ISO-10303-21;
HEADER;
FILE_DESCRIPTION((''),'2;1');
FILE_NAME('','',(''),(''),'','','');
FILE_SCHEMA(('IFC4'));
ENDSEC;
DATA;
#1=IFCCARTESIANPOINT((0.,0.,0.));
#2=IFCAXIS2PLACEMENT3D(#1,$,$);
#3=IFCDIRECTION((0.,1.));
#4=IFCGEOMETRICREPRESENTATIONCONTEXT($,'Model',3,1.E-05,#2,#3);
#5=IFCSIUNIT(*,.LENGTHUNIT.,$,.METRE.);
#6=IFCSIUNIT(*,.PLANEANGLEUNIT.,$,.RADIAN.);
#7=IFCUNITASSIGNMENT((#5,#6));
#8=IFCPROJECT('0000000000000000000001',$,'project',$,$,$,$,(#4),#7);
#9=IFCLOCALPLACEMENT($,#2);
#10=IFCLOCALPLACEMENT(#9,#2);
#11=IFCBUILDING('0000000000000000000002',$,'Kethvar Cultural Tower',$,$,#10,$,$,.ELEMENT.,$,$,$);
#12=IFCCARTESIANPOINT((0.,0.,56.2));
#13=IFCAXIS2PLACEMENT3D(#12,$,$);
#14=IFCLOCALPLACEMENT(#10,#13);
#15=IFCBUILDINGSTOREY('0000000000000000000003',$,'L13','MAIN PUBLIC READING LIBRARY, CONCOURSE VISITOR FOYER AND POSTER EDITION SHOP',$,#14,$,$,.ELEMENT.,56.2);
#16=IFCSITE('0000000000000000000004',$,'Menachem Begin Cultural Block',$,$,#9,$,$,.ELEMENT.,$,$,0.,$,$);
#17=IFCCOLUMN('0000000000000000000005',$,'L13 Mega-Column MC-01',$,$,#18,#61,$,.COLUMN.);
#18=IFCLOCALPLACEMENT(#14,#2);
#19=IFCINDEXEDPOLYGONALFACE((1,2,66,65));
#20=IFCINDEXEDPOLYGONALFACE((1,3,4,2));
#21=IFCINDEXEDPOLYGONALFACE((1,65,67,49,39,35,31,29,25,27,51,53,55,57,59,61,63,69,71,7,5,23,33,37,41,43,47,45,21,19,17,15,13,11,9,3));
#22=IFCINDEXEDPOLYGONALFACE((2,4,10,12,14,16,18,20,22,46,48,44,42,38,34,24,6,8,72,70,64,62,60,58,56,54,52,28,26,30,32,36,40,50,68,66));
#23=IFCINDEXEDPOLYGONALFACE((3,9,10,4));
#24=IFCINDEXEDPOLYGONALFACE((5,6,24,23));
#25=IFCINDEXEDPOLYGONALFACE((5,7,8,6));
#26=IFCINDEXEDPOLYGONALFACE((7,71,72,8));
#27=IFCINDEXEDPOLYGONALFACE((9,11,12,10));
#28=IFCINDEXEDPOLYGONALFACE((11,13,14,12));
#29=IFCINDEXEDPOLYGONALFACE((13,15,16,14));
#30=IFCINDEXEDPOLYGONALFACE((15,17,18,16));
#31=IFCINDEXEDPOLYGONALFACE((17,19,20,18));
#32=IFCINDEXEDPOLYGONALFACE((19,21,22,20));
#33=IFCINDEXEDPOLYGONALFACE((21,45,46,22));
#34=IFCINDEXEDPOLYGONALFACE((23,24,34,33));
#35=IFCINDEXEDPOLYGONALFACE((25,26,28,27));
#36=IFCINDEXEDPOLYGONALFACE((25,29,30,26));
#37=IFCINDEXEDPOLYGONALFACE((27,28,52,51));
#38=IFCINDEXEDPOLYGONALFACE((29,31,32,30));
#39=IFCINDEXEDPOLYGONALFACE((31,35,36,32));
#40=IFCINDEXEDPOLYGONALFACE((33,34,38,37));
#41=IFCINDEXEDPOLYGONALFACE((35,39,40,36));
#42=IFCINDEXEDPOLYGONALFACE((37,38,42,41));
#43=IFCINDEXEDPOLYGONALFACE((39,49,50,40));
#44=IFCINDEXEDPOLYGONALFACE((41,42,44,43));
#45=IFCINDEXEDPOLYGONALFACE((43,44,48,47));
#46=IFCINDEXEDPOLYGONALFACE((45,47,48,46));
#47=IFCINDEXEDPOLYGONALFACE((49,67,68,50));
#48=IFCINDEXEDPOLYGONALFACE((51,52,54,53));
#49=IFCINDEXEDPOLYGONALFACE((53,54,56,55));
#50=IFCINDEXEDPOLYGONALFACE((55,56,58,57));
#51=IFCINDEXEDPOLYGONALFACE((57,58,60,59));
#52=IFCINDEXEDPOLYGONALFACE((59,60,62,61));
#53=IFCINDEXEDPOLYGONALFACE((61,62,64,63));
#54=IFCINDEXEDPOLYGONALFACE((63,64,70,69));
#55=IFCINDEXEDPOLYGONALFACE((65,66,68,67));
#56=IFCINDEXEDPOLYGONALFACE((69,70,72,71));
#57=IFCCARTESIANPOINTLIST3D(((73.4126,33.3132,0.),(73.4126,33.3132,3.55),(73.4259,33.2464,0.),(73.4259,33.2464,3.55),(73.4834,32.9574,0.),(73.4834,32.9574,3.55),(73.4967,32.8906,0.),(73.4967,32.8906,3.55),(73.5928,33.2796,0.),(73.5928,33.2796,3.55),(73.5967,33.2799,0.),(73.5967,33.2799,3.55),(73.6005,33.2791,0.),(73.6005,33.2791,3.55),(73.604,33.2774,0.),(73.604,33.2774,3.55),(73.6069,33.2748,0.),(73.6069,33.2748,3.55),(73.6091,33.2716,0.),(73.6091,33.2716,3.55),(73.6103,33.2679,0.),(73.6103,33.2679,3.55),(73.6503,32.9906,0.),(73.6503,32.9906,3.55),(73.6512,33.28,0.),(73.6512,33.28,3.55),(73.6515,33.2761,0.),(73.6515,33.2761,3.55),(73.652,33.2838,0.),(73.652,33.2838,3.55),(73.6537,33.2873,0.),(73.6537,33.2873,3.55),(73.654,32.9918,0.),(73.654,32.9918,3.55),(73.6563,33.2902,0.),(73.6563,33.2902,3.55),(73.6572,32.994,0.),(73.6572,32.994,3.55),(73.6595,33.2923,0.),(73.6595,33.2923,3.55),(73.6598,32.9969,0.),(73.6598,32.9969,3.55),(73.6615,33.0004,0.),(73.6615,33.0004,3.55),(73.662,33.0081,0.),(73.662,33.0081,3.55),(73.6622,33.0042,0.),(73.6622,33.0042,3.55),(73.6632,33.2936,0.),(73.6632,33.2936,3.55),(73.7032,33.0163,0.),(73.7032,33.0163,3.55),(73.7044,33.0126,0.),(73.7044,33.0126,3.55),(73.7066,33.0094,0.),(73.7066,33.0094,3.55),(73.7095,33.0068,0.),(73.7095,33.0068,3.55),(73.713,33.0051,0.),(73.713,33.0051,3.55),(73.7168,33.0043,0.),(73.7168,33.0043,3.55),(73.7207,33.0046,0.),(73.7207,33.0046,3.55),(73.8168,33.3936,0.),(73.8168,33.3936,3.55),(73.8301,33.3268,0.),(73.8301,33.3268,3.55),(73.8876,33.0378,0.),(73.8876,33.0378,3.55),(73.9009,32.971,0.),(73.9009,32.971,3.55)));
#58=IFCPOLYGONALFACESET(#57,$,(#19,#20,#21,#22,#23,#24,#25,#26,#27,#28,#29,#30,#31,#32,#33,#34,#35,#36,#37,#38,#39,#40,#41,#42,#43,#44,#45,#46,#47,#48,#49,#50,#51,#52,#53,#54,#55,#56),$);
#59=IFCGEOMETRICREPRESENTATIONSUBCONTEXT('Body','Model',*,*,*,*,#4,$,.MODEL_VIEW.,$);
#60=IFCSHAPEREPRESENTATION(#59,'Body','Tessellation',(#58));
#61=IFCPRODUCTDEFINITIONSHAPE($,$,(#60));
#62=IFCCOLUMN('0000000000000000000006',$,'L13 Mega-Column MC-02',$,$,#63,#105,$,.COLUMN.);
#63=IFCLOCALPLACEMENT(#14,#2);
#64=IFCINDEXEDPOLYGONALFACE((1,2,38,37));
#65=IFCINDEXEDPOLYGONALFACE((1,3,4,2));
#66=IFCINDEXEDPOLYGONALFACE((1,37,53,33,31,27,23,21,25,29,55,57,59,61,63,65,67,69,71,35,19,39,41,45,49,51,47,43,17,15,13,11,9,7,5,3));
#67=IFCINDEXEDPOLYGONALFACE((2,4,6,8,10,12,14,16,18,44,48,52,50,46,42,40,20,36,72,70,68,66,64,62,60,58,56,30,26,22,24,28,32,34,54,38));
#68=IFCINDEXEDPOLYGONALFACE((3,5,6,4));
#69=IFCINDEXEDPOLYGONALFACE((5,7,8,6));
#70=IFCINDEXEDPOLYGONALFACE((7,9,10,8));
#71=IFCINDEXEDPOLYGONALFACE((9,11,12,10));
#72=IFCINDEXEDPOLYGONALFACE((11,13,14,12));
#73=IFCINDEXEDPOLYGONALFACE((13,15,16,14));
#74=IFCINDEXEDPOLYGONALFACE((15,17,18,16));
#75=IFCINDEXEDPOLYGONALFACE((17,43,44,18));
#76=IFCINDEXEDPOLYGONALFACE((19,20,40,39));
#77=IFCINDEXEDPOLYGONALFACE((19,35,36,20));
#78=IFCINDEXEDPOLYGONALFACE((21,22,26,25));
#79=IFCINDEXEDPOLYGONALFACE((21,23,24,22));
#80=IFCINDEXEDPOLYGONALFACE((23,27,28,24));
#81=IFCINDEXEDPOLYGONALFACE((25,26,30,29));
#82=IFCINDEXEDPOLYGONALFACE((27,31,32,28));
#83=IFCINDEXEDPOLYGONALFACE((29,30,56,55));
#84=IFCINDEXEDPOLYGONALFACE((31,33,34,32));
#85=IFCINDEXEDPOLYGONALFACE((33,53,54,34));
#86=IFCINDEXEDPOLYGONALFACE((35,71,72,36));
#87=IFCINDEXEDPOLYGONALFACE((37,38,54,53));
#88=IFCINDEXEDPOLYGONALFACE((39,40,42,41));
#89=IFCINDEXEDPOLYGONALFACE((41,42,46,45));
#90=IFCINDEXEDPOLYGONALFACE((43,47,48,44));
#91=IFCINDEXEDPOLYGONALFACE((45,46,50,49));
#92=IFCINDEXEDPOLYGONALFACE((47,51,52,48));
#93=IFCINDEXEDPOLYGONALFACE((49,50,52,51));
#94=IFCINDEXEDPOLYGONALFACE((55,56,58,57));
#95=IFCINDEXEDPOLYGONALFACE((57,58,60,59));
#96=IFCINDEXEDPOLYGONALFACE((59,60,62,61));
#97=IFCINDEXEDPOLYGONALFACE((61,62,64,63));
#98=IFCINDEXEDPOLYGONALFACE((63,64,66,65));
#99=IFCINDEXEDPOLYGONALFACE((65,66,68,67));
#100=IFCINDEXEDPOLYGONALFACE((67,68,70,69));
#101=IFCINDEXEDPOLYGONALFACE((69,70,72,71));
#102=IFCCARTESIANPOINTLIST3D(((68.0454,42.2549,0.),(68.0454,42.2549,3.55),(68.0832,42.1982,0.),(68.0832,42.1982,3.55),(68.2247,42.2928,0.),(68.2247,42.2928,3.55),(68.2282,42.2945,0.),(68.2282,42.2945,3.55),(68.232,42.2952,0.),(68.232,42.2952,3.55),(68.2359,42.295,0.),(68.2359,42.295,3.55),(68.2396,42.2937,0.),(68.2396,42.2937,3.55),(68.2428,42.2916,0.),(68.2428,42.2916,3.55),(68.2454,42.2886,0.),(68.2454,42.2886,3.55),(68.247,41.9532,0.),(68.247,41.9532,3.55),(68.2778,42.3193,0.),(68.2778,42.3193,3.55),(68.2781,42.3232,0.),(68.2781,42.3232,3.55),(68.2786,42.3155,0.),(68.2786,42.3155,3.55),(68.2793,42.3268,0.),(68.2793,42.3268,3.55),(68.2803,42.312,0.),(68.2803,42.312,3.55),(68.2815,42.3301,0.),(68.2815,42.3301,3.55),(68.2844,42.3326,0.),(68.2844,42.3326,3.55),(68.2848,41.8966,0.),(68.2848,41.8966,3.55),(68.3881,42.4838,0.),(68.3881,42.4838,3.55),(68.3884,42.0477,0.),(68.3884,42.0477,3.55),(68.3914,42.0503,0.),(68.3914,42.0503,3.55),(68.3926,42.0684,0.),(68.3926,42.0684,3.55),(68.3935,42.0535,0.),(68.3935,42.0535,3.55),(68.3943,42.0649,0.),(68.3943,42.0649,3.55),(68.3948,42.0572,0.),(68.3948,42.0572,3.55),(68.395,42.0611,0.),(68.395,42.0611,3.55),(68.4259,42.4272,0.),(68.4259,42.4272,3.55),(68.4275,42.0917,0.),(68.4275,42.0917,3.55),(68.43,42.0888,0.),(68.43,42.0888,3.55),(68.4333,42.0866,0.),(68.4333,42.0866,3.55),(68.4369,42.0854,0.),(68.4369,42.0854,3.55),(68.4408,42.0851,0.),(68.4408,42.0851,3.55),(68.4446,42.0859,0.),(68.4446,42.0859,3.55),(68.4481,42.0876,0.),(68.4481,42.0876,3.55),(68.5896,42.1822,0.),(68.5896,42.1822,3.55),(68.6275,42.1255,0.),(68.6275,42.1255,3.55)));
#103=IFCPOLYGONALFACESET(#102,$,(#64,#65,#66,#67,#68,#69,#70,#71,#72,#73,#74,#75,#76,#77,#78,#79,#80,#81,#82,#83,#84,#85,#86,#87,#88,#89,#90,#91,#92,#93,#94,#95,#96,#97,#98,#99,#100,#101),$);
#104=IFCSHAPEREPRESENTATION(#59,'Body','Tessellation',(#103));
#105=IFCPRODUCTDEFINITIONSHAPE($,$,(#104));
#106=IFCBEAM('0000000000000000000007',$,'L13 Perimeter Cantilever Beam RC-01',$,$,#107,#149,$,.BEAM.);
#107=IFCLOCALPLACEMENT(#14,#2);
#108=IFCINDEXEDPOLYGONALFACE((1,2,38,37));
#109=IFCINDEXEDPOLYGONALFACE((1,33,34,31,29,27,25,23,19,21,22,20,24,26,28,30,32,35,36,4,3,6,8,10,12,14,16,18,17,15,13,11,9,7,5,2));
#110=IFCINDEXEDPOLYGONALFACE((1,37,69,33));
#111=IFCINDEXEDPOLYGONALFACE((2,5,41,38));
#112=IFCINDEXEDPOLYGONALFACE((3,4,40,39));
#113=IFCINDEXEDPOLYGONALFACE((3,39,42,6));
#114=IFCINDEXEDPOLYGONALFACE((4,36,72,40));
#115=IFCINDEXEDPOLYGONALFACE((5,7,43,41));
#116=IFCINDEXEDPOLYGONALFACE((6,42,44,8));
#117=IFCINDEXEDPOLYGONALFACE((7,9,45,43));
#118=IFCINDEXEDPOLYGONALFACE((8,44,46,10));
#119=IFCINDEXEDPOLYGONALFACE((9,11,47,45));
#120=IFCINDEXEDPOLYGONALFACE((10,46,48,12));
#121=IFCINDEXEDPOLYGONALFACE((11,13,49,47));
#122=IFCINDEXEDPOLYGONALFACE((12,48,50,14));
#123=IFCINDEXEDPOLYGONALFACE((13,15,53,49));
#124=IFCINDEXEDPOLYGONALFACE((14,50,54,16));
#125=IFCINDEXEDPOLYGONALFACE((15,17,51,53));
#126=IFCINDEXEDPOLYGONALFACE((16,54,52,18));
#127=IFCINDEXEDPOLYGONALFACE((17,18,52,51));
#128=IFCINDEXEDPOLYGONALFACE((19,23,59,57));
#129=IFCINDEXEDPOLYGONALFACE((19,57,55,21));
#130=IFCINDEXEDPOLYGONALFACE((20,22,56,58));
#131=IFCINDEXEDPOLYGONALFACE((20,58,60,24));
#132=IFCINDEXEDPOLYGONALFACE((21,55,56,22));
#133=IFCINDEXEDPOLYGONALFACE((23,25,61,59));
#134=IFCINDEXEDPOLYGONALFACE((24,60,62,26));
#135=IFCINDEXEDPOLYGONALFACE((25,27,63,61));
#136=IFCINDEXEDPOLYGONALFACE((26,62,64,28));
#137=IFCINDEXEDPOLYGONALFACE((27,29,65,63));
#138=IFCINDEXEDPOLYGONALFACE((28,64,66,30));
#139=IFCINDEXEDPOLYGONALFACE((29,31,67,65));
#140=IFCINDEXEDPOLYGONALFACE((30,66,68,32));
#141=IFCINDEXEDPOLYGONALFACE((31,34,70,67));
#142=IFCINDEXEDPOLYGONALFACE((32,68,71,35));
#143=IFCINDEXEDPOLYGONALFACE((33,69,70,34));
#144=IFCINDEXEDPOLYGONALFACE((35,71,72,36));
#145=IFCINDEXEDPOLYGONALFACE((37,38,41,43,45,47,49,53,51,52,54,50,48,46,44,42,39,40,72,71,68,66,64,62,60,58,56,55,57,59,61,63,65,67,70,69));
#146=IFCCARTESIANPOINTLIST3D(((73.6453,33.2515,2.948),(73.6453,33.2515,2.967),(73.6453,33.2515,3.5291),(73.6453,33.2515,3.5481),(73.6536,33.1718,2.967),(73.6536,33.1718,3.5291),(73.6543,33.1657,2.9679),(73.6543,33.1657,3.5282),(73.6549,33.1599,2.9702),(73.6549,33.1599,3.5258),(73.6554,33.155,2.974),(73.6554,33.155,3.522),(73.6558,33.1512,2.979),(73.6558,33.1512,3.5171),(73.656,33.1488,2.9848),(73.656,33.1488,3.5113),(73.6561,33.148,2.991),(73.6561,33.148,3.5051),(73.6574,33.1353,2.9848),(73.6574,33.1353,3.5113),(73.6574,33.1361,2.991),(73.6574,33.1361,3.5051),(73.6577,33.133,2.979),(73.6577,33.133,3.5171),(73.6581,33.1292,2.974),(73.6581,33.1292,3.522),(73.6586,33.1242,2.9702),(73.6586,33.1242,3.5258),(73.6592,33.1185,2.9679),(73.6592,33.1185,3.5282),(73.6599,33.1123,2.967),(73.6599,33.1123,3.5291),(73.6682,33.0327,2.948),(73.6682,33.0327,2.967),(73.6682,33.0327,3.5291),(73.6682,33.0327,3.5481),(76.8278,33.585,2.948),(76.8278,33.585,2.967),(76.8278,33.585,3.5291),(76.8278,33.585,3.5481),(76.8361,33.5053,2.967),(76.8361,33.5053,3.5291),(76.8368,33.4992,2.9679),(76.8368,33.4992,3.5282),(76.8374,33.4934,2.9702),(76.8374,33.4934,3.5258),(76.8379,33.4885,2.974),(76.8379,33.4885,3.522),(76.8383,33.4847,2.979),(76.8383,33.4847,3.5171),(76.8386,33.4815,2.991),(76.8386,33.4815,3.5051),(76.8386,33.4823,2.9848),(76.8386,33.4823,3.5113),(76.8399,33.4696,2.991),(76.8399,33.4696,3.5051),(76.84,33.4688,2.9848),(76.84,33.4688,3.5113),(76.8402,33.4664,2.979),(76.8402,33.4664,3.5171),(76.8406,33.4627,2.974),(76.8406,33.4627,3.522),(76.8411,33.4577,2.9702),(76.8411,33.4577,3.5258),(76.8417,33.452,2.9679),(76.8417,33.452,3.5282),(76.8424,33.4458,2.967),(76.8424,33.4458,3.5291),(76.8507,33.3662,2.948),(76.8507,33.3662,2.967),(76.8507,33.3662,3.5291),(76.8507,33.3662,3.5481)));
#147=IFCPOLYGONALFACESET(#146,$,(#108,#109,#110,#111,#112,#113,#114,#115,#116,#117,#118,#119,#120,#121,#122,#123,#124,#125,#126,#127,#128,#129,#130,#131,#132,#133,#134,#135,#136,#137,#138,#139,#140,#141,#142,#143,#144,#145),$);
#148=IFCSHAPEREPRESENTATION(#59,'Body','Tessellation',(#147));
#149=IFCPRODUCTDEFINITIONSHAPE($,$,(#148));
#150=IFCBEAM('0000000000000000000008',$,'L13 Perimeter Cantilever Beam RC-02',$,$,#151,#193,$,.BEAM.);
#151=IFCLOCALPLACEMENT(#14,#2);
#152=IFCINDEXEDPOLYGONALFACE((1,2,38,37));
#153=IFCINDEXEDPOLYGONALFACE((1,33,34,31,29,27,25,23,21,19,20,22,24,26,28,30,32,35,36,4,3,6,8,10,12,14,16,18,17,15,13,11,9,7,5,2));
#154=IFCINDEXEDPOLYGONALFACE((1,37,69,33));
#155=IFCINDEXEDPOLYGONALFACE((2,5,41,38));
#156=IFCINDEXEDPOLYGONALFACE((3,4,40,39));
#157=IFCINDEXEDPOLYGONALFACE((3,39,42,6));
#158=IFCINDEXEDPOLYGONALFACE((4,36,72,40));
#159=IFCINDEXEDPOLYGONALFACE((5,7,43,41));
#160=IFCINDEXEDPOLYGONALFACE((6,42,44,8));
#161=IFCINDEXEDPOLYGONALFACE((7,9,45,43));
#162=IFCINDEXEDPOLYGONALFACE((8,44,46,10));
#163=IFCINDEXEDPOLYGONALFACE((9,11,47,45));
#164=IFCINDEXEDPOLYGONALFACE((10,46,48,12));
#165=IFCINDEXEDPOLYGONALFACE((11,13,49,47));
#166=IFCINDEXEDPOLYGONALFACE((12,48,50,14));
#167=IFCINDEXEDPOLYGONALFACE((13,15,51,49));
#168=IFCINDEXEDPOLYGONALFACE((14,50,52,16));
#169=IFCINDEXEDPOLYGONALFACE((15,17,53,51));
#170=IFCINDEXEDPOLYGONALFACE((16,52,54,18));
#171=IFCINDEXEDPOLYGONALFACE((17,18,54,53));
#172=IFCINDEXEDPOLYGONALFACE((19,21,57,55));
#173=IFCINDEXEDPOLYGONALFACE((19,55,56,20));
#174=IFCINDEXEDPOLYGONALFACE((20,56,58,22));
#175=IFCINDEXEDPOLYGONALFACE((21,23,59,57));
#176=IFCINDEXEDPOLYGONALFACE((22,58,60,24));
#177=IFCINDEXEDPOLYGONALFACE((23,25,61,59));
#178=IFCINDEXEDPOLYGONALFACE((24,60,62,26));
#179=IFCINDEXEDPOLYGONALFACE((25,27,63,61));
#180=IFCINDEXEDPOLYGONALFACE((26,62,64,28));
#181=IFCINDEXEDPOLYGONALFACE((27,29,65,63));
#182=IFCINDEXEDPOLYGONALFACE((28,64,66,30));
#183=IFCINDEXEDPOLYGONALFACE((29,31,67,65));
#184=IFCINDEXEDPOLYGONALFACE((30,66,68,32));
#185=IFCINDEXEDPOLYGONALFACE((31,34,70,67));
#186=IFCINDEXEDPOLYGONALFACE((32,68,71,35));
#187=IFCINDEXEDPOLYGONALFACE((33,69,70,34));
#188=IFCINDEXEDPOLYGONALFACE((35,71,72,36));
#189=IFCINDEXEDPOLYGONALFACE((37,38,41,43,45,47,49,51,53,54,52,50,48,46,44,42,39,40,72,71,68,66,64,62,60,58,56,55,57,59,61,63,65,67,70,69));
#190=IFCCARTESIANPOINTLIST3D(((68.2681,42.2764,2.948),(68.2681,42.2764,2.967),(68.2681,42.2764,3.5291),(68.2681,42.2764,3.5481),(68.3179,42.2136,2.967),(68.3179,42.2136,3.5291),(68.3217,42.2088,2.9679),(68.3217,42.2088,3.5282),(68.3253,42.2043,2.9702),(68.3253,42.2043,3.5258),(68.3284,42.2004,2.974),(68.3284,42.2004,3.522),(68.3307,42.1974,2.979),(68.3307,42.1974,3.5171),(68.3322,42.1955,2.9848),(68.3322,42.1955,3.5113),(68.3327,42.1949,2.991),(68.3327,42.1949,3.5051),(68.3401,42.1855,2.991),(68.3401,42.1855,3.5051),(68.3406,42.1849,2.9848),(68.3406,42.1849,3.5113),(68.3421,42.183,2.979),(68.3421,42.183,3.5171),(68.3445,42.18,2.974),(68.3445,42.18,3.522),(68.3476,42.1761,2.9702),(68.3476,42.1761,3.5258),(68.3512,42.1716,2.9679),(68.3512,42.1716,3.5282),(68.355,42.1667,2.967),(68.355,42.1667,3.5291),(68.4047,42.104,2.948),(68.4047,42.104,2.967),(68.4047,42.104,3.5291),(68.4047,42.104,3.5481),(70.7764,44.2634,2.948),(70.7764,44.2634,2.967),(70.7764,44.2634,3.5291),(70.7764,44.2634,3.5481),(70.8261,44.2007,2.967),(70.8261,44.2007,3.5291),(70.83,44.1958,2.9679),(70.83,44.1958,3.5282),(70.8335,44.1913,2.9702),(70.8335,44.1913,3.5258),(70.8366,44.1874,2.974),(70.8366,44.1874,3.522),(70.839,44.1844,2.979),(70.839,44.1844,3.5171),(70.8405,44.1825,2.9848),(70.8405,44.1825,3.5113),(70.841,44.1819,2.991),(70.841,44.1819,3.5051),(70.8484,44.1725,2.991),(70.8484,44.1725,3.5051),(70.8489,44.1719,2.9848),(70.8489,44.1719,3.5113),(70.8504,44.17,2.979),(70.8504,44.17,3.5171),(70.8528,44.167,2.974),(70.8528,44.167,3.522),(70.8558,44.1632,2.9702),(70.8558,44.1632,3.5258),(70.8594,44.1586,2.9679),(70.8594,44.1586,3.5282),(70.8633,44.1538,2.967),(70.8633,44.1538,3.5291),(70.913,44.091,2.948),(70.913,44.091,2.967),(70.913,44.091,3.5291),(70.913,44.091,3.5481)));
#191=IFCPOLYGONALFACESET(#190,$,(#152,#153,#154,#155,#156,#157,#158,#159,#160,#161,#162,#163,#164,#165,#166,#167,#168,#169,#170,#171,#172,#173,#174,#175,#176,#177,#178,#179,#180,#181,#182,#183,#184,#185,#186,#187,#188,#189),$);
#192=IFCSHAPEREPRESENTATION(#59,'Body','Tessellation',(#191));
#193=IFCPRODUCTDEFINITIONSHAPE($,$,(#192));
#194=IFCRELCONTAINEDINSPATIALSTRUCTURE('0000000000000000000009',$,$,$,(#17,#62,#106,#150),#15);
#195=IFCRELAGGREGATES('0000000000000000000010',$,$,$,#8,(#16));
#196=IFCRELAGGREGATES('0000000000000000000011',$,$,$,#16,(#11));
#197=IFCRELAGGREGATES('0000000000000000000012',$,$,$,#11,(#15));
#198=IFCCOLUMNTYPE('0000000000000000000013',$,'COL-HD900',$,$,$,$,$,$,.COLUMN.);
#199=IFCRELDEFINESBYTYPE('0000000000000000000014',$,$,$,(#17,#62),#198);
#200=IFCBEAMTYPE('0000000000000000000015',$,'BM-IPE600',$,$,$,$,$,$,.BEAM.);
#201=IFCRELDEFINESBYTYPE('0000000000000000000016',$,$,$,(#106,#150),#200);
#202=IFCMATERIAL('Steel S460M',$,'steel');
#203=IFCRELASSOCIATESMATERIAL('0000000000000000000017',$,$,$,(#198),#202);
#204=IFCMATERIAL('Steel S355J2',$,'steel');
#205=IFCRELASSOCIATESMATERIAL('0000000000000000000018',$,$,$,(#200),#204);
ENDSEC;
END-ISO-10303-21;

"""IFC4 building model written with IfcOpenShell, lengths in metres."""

from ifc_helpers import new_model, si_unit, direction, frame, origin, origin_2d, place, context, subcontext, project, spatial, i_section, extrude, source, transform, mapped, material, material_profile, profile_set, type_object, element, save


model = new_model("IFC4")

# Units and contexts
model_context = context("Model", 3, precision=1e-05, world=origin(), true_north=direction((0.0, 1.0)))
body_context = subcontext(model_context, "Body", "Model", "MODEL_VIEW")
ifc_project = project(units=[si_unit("LENGTHUNIT", "METRE"), si_unit("PLANEANGLEUNIT", "RADIAN")], contexts=[model_context])

# Site, building, storey
site_placement = place(None, origin())
site = spatial("IfcSite", under=ifc_project, at=site_placement, Name="Menachem Begin Cultural Block", CompositionType="ELEMENT", RefElevation=0.0)
building_placement = place(site_placement, origin())
building = spatial("IfcBuilding", under=site, at=building_placement, Name="Kethvar Cultural Tower", CompositionType="ELEMENT")
storey_placement = place(building_placement, frame((0.0, 0.0, 56.2)))
storey = spatial("IfcBuildingStorey", under=building, at=storey_placement, Name="L13", Description="MAIN PUBLIC READING LIBRARY, CONCOURSE VISITOR FOYER AND POSTER EDITION SHOP", CompositionType="ELEMENT", Elevation=56.2)

# Columns
ifc_material_1 = material(Name="Steel S460M", Category="steel")
ifc_material_profile_1 = material_profile(ifc_material_1, i_section(OverallWidth=0.4121, OverallDepth=0.4309, WebThickness=0.042, FlangeThickness=0.0681, FilletRadius=0.0149, at=origin_2d()), Name="Steel S460M — HD400x900")
ifc_profile_set_1 = profile_set([ifc_material_profile_1], Name="Steel S460M — HD400x900")
column_type = type_object("IfcColumnType", Name="COL-HD900", PredefinedType="COLUMN", material=ifc_profile_set_1)
shared_shape_1 = source(origin(), body_context, "Body", "SweptSolid", [
    extrude(i_section(OverallWidth=0.4121, OverallDepth=0.4309, WebThickness=0.042, FlangeThickness=0.0681, FilletRadius=0.0149, at=origin_2d()), origin(), (0.0, 0.0, 1.0), 3.55),
])
for number, where, z_axis, x_axis, name in (
    (1, (73.6567, 33.1421, 0.0), (0.0, 0.0, 1.0), (0.980785, 0.19509, 0.0), "L13 Mega-Column MC-01"),
    (2, (68.3364, 42.1902, 0.0), (0.0, 0.0, 1.0), (0.83147, 0.55557, 0.0), "L13 Mega-Column MC-02"),
):
    element("IfcColumn", number, at=place(storey_placement, frame(where, z_axis=z_axis, x_axis=x_axis)), inside=storey, type_object=column_type, Name=name, PredefinedType="COLUMN", context=body_context, shape_type="MappedRepresentation", body=[
        mapped(shared_shape_1, transform((0.0, 0.0, 0.0), scale=1.0)),
    ])

# Beams
ifc_material_2 = material(Name="Steel S355J2", Category="steel")
ifc_material_profile_2 = material_profile(ifc_material_2, i_section(OverallWidth=0.22, OverallDepth=0.6001, WebThickness=0.012, FlangeThickness=0.019, FilletRadius=0.0239, at=origin_2d()), Name="Steel S355J2 — IPE600")
ifc_profile_set_2 = profile_set([ifc_material_profile_2], Name="Steel S355J2 — IPE600")
beam_type_1 = type_object("IfcBeamType", Name="BM-IPE600", PredefinedType="BEAM", material=ifc_profile_set_2)
shared_shape_2 = source(origin(), body_context, "Body", "SweptSolid", [
    extrude(i_section(OverallWidth=0.22, OverallDepth=0.6001, WebThickness=0.012, FlangeThickness=0.019, FilletRadius=0.0239, at=origin_2d()), origin(), (0.0, 0.0, 1.0), 3.2),
])
for number, where, z_axis, x_axis, name in (
    (3, (73.6567, 33.1421, 3.248), (0.994555, 0.104216, 0.0), (-0.104216, 0.994555, 0.0), "L13 Perimeter Cantilever Beam RC-01"),
    (4, (68.3364, 42.1902, 3.248), (0.783845, 0.620957, 0.0), (-0.620957, 0.783845, 0.0), "L13 Perimeter Cantilever Beam RC-02"),
):
    element("IfcBeam", number, at=place(storey_placement, frame(where, z_axis=z_axis, x_axis=x_axis)), inside=storey, type_object=beam_type_1, Name=name, PredefinedType="BEAM", context=body_context, shape_type="MappedRepresentation", body=[
        mapped(shared_shape_2, transform((0.0, 0.0, 0.0), scale=1.0)),
    ])

save(model, "model.ifc")
